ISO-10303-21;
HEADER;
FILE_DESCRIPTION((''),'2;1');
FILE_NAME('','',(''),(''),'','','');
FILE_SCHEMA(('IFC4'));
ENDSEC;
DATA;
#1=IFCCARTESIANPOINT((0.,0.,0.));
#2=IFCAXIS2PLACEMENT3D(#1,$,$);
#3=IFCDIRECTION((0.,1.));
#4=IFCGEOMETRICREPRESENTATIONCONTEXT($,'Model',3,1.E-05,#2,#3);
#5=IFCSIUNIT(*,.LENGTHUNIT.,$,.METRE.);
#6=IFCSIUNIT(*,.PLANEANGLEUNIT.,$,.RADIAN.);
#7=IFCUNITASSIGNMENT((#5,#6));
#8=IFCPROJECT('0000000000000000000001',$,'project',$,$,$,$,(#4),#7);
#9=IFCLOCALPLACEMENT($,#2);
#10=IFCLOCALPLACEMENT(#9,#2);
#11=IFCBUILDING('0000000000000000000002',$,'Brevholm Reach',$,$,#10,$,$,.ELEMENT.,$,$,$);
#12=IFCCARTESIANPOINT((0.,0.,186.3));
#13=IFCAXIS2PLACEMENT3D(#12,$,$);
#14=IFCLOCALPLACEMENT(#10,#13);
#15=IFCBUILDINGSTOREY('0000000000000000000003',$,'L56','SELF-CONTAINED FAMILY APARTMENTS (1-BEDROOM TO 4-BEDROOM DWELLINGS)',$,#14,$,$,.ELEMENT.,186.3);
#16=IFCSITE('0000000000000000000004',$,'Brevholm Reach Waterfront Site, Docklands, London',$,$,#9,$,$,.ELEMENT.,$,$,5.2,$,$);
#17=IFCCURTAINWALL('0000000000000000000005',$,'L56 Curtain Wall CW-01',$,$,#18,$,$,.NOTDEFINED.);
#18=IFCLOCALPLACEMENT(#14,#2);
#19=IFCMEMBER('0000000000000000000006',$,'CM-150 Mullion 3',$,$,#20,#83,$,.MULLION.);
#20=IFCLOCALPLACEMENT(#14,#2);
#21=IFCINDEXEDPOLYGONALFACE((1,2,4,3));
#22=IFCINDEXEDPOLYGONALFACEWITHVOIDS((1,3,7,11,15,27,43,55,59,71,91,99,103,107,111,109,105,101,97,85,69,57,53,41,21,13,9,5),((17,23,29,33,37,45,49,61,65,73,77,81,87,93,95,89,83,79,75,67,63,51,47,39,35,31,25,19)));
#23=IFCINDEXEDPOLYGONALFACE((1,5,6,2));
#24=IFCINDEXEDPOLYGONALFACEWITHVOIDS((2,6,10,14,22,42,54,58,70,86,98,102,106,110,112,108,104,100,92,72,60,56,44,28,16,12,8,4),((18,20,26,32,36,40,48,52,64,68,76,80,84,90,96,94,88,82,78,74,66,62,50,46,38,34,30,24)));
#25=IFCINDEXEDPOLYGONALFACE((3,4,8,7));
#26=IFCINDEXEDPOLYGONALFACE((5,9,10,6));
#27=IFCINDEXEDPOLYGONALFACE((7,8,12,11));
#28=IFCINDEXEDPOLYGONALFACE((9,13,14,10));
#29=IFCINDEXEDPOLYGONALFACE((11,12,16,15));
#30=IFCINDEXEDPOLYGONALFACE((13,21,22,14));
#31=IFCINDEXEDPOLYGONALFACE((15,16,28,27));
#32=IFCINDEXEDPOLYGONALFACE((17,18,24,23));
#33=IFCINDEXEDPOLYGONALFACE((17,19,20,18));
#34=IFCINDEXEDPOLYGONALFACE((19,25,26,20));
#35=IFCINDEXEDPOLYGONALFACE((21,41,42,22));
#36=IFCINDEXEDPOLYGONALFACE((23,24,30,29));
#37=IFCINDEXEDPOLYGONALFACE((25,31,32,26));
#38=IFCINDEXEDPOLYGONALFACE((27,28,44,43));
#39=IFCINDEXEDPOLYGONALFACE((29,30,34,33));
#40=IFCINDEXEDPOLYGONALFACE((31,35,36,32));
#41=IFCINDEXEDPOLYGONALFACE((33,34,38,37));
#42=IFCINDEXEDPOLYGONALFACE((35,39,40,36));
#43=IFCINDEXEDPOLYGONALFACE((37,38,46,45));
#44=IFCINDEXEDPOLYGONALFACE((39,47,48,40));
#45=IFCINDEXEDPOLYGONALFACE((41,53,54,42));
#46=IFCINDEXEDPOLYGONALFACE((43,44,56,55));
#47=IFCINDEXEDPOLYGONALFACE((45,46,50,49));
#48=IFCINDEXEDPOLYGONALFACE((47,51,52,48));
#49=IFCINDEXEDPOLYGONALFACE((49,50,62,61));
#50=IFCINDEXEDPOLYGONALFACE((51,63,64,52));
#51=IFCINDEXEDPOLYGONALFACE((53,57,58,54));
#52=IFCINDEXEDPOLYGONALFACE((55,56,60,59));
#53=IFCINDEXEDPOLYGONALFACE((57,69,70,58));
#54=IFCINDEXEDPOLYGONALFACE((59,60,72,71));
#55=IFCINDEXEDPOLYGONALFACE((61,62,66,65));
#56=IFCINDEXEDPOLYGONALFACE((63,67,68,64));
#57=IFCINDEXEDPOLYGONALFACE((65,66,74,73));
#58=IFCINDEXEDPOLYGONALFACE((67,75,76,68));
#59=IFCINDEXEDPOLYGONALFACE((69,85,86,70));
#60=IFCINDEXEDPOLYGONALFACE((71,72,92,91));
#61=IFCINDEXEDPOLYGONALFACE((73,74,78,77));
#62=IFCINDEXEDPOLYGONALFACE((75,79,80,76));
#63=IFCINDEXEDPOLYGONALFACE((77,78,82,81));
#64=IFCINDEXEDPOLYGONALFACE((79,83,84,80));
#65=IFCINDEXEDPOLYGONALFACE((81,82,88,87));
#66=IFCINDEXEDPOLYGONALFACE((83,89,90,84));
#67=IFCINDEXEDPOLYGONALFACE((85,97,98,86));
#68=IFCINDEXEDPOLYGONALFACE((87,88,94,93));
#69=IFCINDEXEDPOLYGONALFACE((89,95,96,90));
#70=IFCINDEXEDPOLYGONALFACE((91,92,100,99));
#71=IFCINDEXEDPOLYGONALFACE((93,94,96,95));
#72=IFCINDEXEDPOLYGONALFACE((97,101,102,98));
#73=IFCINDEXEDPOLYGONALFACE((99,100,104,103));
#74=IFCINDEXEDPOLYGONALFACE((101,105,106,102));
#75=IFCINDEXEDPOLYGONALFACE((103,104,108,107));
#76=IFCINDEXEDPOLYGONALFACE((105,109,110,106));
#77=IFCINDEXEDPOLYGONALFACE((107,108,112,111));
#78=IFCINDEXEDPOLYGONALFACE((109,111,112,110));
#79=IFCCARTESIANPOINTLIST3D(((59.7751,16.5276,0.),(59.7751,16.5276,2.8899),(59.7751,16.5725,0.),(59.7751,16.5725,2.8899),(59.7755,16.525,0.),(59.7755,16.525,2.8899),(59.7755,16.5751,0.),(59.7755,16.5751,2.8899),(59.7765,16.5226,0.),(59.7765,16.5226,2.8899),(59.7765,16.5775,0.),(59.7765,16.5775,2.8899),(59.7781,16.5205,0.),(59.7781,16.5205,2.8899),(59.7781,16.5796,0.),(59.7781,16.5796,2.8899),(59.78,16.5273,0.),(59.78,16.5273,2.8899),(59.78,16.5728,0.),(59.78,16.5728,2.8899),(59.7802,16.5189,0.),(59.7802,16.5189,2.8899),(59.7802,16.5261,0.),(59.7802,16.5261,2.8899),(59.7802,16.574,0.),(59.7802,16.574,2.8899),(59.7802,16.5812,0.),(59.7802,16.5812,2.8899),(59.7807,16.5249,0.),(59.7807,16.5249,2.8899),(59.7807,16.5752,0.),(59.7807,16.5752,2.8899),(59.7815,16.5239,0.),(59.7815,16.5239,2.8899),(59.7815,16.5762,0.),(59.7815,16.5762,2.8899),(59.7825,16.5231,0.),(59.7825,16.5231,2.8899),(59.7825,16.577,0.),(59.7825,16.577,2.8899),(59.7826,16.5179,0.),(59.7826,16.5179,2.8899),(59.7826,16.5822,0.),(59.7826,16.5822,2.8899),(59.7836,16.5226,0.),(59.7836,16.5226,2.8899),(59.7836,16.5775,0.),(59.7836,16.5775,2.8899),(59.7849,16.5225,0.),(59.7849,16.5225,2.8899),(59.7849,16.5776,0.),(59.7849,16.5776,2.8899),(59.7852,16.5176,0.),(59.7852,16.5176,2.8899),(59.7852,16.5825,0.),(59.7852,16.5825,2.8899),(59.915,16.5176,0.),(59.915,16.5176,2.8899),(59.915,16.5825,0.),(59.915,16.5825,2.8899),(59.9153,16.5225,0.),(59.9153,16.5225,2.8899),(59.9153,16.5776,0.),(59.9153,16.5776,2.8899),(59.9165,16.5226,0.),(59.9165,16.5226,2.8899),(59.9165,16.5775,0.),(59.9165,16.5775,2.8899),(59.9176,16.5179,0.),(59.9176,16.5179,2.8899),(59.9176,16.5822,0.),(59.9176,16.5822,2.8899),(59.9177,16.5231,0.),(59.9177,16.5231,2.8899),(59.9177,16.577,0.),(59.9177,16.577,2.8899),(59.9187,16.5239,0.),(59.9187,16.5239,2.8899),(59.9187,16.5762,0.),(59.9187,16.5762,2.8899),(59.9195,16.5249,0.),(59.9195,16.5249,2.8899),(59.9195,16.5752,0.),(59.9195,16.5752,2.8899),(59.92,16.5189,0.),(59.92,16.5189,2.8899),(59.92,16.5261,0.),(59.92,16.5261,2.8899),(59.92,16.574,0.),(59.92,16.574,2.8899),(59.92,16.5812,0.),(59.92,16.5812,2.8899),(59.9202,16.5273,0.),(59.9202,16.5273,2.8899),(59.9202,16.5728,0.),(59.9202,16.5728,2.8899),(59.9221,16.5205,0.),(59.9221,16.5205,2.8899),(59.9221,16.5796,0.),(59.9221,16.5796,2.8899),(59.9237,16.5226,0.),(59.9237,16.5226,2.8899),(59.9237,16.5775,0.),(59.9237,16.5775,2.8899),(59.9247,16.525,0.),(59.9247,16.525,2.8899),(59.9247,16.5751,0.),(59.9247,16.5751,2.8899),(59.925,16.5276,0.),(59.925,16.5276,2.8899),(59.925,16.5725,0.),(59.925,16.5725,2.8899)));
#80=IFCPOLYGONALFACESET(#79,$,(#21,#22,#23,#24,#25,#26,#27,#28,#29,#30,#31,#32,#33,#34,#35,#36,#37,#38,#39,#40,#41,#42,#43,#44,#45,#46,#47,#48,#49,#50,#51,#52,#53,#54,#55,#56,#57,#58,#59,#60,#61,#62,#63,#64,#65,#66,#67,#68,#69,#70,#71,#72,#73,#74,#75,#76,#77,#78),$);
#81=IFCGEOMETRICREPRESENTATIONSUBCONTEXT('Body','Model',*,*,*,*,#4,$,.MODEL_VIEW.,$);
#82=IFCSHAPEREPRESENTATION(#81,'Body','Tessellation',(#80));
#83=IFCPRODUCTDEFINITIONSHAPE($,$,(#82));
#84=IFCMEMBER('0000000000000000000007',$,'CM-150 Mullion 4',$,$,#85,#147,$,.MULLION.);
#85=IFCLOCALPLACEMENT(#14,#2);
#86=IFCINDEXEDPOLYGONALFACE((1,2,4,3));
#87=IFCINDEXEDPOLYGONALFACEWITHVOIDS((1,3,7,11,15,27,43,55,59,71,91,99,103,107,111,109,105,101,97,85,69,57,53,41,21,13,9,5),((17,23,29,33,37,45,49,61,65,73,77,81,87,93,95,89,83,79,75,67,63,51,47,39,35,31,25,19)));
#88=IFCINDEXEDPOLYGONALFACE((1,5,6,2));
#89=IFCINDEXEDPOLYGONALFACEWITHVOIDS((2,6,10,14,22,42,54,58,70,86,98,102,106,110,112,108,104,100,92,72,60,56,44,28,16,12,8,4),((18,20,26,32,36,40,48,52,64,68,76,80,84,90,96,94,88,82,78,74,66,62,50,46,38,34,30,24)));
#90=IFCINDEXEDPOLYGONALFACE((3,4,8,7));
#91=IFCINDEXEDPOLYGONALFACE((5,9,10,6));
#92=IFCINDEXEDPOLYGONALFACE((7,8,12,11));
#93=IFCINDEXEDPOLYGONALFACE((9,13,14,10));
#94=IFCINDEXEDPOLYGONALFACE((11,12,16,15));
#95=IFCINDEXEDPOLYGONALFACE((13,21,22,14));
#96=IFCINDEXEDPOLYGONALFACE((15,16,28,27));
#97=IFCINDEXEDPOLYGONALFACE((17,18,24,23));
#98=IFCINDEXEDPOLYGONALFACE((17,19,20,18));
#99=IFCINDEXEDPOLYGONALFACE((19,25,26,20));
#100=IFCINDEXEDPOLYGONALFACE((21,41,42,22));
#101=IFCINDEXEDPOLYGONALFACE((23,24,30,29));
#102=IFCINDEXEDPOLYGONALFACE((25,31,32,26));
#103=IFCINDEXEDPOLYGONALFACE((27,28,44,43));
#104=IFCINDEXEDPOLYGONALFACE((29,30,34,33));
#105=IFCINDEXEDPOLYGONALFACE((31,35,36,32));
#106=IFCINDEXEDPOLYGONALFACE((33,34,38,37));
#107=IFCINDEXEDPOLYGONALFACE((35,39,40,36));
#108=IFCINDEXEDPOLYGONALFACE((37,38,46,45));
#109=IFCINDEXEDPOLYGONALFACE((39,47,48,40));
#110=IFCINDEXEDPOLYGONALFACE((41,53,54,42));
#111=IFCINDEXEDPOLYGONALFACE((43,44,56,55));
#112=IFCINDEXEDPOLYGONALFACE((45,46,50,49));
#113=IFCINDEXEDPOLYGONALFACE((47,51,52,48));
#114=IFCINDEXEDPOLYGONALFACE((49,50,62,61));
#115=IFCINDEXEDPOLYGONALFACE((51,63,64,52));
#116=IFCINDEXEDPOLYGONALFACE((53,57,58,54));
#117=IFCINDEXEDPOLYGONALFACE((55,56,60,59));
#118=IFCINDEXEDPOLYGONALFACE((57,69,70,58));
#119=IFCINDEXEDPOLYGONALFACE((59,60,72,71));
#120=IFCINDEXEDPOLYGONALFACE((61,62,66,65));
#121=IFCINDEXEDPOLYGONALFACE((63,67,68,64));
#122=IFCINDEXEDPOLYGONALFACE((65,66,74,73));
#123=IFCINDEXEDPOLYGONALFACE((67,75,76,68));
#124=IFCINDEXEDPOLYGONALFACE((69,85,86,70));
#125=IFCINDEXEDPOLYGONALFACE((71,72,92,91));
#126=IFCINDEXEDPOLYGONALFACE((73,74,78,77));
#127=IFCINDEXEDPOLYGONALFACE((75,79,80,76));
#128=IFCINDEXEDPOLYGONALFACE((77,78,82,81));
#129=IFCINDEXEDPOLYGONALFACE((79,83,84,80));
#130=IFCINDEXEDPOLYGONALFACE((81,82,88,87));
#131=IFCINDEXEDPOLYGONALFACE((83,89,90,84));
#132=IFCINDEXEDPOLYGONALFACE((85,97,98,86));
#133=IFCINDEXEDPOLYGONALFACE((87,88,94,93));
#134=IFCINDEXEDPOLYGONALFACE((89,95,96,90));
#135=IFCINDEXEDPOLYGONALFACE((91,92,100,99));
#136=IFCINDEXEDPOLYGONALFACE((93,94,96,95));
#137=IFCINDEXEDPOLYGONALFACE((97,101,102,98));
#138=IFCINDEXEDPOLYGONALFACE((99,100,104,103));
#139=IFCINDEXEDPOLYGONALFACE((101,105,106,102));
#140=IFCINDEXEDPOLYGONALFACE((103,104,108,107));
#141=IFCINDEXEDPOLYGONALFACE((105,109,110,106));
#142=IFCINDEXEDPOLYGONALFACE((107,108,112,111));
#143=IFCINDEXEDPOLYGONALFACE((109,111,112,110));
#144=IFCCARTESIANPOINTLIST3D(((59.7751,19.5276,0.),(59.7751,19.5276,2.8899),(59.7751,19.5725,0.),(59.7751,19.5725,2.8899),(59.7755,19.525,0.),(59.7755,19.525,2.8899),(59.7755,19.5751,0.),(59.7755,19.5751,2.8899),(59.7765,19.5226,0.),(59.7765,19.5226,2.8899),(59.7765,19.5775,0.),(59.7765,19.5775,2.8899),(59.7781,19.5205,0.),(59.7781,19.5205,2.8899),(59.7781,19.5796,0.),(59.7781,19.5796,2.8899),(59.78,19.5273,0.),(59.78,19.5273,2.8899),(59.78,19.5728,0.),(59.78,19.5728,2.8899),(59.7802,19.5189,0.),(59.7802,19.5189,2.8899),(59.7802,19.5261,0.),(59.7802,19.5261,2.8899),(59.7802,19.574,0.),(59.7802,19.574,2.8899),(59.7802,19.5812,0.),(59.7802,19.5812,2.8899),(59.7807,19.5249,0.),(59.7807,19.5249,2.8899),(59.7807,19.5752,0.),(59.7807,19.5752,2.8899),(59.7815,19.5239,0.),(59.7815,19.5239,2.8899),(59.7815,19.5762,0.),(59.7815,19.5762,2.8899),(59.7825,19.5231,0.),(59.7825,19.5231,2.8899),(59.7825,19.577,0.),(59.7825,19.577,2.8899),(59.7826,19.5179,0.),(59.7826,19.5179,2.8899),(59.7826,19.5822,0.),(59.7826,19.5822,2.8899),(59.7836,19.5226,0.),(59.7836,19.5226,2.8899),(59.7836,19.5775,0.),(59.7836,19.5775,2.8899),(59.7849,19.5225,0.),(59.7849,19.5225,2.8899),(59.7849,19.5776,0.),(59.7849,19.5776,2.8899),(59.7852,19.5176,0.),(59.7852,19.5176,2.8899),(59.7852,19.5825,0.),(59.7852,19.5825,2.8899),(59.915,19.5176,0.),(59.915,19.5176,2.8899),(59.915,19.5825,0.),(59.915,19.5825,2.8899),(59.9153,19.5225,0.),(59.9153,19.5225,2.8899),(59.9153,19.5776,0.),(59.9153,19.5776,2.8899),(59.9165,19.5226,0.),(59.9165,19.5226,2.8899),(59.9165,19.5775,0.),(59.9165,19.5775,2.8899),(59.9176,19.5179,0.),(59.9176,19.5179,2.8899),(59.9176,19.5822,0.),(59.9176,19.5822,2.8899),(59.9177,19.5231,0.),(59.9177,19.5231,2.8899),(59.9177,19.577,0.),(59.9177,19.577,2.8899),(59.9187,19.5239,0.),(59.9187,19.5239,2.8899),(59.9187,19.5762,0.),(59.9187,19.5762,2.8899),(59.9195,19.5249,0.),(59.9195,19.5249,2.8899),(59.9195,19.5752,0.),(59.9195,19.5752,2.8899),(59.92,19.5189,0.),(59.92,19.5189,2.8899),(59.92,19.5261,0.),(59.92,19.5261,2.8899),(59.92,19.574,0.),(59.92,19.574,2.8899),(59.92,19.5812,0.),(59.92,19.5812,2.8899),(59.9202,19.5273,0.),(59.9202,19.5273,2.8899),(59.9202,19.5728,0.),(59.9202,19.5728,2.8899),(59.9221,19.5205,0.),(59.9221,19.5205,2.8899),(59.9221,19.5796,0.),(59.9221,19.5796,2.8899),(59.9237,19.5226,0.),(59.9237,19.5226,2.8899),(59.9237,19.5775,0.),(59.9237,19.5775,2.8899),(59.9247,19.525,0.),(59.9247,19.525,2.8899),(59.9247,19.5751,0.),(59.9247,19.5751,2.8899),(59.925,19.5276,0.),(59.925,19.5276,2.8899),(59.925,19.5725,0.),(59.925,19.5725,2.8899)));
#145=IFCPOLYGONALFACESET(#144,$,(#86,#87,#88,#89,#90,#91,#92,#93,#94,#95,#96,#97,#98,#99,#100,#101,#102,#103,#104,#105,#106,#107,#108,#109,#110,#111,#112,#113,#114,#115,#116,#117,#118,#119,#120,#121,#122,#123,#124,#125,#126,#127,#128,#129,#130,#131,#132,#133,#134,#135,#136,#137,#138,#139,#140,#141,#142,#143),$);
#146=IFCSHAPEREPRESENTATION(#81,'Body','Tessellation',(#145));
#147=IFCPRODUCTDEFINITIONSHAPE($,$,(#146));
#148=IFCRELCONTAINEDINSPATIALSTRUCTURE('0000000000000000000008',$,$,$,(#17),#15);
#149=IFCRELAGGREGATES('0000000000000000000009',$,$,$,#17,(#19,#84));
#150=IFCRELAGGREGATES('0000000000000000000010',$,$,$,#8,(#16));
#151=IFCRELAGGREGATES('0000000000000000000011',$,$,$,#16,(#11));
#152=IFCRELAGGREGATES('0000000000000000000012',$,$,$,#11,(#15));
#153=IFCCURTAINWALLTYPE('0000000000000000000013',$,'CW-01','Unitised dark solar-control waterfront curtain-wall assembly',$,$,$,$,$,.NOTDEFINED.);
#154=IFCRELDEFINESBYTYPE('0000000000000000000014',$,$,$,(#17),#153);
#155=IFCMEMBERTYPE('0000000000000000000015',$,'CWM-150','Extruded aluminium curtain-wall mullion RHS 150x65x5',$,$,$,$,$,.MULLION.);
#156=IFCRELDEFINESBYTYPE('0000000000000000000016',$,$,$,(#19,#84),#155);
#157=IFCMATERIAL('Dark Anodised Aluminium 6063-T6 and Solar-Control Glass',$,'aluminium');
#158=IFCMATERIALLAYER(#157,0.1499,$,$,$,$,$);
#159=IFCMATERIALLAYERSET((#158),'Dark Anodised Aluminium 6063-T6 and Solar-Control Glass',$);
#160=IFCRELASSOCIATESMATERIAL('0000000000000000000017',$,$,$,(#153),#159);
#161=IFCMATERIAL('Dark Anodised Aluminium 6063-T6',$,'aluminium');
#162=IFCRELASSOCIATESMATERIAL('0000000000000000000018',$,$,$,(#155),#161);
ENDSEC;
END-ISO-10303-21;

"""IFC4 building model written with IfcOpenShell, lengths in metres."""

from ifc_helpers import new_model, si_unit, direction, frame, origin, origin_2d, place, context, subcontext, project, spatial, hollow_rectangle, extrude, material, layer, layer_set, material_profile, profile_set, type_object, element, aggregate, save


model = new_model("IFC4")

# Units and contexts
model_context = context("Model", 3, precision=1e-05, world=origin(), true_north=direction((0.0, 1.0)))
body_context = subcontext(model_context, "Body", "Model", "MODEL_VIEW")
ifc_project = project(units=[si_unit("LENGTHUNIT", "METRE"), si_unit("PLANEANGLEUNIT", "RADIAN")], contexts=[model_context])

# Site, building, storey
site_placement = place(None, origin())
site = spatial("IfcSite", under=ifc_project, at=site_placement, Name="Brevholm Reach Waterfront Site, Docklands, London", CompositionType="ELEMENT", RefElevation=5.2)
building_placement = place(site_placement, origin())
building = spatial("IfcBuilding", under=site, at=building_placement, Name="Brevholm Reach", CompositionType="ELEMENT")
storey_placement = place(building_placement, frame((0.0, 0.0, 186.3)))
storey = spatial("IfcBuildingStorey", under=building, at=storey_placement, Name="L56", Description="SELF-CONTAINED FAMILY APARTMENTS (1-BEDROOM TO 4-BEDROOM DWELLINGS)", CompositionType="ELEMENT", Elevation=186.3)

# Curtain wall, members
ifc_material_1 = material(Name="Dark Anodised Aluminium 6063-T6 and Solar-Control Glass", Category="aluminium")
ifc_layer_1 = layer(ifc_material_1, 0.1499)
ifc_layer_set_1 = layer_set([ifc_layer_1], Name="Dark Anodised Aluminium 6063-T6 and Solar-Control Glass")
curtain_wall_type = type_object("IfcCurtainWallType", Name="CW-01", Description="Unitised dark solar-control waterfront curtain-wall assembly", PredefinedType="NOTDEFINED", material=ifc_layer_set_1)
curtain_wall_placement = place(storey_placement, origin())
curtain_wall = element("IfcCurtainWall", 1, at=curtain_wall_placement, inside=storey, type_object=curtain_wall_type, Name="L56 Curtain Wall CW-01", PredefinedType="NOTDEFINED")
ifc_material_2 = material(Name="Dark Anodised Aluminium 6063-T6", Category="aluminium")
ifc_material_profile_1 = material_profile(ifc_material_2, hollow_rectangle(XDim=0.0649, YDim=0.1499, WallThickness=0.0049, InnerFilletRadius=0.0049, OuterFilletRadius=0.01, at=origin_2d()), Name="RHS 150x65x5")
ifc_profile_set_1 = profile_set([ifc_material_profile_1], Name="Dark Anodised Aluminium 6063-T6")
member_type_1 = type_object("IfcMemberType", Name="CWM-150", Description="Extruded aluminium curtain-wall mullion RHS 150x65x5", PredefinedType="MULLION", material=ifc_profile_set_1)
member_1_placement = place(storey_placement, frame((59.8501, 16.55, 0.0), z_axis=(0.0, 0.0, 1.0), x_axis=(0.0, 1.0, 0.0)))
member_1 = element("IfcMember", 2, at=member_1_placement, type_object=member_type_1, Name="CM-150 Mullion 3", PredefinedType="MULLION", context=body_context, shape_type="SweptSolid", body=[
    extrude(hollow_rectangle(XDim=0.0649, YDim=0.1499, WallThickness=0.0049, InnerFilletRadius=0.0049, OuterFilletRadius=0.01, at=origin_2d()), origin(), (0.0, 0.0, 1.0), 2.8899),
])
member_2_placement = place(storey_placement, frame((59.8501, 19.55, 0.0), z_axis=(0.0, 0.0, 1.0), x_axis=(0.0, 1.0, 0.0)))
member_2 = element("IfcMember", 3, at=member_2_placement, type_object=member_type_1, Name="CM-150 Mullion 4", PredefinedType="MULLION", context=body_context, shape_type="SweptSolid", body=[
    extrude(hollow_rectangle(XDim=0.0649, YDim=0.1499, WallThickness=0.0049, InnerFilletRadius=0.0049, OuterFilletRadius=0.01, at=origin_2d()), origin(), (0.0, 0.0, 1.0), 2.8899),
])
aggregate(curtain_wall, [member_1, member_2])

save(model, "model.ifc")
